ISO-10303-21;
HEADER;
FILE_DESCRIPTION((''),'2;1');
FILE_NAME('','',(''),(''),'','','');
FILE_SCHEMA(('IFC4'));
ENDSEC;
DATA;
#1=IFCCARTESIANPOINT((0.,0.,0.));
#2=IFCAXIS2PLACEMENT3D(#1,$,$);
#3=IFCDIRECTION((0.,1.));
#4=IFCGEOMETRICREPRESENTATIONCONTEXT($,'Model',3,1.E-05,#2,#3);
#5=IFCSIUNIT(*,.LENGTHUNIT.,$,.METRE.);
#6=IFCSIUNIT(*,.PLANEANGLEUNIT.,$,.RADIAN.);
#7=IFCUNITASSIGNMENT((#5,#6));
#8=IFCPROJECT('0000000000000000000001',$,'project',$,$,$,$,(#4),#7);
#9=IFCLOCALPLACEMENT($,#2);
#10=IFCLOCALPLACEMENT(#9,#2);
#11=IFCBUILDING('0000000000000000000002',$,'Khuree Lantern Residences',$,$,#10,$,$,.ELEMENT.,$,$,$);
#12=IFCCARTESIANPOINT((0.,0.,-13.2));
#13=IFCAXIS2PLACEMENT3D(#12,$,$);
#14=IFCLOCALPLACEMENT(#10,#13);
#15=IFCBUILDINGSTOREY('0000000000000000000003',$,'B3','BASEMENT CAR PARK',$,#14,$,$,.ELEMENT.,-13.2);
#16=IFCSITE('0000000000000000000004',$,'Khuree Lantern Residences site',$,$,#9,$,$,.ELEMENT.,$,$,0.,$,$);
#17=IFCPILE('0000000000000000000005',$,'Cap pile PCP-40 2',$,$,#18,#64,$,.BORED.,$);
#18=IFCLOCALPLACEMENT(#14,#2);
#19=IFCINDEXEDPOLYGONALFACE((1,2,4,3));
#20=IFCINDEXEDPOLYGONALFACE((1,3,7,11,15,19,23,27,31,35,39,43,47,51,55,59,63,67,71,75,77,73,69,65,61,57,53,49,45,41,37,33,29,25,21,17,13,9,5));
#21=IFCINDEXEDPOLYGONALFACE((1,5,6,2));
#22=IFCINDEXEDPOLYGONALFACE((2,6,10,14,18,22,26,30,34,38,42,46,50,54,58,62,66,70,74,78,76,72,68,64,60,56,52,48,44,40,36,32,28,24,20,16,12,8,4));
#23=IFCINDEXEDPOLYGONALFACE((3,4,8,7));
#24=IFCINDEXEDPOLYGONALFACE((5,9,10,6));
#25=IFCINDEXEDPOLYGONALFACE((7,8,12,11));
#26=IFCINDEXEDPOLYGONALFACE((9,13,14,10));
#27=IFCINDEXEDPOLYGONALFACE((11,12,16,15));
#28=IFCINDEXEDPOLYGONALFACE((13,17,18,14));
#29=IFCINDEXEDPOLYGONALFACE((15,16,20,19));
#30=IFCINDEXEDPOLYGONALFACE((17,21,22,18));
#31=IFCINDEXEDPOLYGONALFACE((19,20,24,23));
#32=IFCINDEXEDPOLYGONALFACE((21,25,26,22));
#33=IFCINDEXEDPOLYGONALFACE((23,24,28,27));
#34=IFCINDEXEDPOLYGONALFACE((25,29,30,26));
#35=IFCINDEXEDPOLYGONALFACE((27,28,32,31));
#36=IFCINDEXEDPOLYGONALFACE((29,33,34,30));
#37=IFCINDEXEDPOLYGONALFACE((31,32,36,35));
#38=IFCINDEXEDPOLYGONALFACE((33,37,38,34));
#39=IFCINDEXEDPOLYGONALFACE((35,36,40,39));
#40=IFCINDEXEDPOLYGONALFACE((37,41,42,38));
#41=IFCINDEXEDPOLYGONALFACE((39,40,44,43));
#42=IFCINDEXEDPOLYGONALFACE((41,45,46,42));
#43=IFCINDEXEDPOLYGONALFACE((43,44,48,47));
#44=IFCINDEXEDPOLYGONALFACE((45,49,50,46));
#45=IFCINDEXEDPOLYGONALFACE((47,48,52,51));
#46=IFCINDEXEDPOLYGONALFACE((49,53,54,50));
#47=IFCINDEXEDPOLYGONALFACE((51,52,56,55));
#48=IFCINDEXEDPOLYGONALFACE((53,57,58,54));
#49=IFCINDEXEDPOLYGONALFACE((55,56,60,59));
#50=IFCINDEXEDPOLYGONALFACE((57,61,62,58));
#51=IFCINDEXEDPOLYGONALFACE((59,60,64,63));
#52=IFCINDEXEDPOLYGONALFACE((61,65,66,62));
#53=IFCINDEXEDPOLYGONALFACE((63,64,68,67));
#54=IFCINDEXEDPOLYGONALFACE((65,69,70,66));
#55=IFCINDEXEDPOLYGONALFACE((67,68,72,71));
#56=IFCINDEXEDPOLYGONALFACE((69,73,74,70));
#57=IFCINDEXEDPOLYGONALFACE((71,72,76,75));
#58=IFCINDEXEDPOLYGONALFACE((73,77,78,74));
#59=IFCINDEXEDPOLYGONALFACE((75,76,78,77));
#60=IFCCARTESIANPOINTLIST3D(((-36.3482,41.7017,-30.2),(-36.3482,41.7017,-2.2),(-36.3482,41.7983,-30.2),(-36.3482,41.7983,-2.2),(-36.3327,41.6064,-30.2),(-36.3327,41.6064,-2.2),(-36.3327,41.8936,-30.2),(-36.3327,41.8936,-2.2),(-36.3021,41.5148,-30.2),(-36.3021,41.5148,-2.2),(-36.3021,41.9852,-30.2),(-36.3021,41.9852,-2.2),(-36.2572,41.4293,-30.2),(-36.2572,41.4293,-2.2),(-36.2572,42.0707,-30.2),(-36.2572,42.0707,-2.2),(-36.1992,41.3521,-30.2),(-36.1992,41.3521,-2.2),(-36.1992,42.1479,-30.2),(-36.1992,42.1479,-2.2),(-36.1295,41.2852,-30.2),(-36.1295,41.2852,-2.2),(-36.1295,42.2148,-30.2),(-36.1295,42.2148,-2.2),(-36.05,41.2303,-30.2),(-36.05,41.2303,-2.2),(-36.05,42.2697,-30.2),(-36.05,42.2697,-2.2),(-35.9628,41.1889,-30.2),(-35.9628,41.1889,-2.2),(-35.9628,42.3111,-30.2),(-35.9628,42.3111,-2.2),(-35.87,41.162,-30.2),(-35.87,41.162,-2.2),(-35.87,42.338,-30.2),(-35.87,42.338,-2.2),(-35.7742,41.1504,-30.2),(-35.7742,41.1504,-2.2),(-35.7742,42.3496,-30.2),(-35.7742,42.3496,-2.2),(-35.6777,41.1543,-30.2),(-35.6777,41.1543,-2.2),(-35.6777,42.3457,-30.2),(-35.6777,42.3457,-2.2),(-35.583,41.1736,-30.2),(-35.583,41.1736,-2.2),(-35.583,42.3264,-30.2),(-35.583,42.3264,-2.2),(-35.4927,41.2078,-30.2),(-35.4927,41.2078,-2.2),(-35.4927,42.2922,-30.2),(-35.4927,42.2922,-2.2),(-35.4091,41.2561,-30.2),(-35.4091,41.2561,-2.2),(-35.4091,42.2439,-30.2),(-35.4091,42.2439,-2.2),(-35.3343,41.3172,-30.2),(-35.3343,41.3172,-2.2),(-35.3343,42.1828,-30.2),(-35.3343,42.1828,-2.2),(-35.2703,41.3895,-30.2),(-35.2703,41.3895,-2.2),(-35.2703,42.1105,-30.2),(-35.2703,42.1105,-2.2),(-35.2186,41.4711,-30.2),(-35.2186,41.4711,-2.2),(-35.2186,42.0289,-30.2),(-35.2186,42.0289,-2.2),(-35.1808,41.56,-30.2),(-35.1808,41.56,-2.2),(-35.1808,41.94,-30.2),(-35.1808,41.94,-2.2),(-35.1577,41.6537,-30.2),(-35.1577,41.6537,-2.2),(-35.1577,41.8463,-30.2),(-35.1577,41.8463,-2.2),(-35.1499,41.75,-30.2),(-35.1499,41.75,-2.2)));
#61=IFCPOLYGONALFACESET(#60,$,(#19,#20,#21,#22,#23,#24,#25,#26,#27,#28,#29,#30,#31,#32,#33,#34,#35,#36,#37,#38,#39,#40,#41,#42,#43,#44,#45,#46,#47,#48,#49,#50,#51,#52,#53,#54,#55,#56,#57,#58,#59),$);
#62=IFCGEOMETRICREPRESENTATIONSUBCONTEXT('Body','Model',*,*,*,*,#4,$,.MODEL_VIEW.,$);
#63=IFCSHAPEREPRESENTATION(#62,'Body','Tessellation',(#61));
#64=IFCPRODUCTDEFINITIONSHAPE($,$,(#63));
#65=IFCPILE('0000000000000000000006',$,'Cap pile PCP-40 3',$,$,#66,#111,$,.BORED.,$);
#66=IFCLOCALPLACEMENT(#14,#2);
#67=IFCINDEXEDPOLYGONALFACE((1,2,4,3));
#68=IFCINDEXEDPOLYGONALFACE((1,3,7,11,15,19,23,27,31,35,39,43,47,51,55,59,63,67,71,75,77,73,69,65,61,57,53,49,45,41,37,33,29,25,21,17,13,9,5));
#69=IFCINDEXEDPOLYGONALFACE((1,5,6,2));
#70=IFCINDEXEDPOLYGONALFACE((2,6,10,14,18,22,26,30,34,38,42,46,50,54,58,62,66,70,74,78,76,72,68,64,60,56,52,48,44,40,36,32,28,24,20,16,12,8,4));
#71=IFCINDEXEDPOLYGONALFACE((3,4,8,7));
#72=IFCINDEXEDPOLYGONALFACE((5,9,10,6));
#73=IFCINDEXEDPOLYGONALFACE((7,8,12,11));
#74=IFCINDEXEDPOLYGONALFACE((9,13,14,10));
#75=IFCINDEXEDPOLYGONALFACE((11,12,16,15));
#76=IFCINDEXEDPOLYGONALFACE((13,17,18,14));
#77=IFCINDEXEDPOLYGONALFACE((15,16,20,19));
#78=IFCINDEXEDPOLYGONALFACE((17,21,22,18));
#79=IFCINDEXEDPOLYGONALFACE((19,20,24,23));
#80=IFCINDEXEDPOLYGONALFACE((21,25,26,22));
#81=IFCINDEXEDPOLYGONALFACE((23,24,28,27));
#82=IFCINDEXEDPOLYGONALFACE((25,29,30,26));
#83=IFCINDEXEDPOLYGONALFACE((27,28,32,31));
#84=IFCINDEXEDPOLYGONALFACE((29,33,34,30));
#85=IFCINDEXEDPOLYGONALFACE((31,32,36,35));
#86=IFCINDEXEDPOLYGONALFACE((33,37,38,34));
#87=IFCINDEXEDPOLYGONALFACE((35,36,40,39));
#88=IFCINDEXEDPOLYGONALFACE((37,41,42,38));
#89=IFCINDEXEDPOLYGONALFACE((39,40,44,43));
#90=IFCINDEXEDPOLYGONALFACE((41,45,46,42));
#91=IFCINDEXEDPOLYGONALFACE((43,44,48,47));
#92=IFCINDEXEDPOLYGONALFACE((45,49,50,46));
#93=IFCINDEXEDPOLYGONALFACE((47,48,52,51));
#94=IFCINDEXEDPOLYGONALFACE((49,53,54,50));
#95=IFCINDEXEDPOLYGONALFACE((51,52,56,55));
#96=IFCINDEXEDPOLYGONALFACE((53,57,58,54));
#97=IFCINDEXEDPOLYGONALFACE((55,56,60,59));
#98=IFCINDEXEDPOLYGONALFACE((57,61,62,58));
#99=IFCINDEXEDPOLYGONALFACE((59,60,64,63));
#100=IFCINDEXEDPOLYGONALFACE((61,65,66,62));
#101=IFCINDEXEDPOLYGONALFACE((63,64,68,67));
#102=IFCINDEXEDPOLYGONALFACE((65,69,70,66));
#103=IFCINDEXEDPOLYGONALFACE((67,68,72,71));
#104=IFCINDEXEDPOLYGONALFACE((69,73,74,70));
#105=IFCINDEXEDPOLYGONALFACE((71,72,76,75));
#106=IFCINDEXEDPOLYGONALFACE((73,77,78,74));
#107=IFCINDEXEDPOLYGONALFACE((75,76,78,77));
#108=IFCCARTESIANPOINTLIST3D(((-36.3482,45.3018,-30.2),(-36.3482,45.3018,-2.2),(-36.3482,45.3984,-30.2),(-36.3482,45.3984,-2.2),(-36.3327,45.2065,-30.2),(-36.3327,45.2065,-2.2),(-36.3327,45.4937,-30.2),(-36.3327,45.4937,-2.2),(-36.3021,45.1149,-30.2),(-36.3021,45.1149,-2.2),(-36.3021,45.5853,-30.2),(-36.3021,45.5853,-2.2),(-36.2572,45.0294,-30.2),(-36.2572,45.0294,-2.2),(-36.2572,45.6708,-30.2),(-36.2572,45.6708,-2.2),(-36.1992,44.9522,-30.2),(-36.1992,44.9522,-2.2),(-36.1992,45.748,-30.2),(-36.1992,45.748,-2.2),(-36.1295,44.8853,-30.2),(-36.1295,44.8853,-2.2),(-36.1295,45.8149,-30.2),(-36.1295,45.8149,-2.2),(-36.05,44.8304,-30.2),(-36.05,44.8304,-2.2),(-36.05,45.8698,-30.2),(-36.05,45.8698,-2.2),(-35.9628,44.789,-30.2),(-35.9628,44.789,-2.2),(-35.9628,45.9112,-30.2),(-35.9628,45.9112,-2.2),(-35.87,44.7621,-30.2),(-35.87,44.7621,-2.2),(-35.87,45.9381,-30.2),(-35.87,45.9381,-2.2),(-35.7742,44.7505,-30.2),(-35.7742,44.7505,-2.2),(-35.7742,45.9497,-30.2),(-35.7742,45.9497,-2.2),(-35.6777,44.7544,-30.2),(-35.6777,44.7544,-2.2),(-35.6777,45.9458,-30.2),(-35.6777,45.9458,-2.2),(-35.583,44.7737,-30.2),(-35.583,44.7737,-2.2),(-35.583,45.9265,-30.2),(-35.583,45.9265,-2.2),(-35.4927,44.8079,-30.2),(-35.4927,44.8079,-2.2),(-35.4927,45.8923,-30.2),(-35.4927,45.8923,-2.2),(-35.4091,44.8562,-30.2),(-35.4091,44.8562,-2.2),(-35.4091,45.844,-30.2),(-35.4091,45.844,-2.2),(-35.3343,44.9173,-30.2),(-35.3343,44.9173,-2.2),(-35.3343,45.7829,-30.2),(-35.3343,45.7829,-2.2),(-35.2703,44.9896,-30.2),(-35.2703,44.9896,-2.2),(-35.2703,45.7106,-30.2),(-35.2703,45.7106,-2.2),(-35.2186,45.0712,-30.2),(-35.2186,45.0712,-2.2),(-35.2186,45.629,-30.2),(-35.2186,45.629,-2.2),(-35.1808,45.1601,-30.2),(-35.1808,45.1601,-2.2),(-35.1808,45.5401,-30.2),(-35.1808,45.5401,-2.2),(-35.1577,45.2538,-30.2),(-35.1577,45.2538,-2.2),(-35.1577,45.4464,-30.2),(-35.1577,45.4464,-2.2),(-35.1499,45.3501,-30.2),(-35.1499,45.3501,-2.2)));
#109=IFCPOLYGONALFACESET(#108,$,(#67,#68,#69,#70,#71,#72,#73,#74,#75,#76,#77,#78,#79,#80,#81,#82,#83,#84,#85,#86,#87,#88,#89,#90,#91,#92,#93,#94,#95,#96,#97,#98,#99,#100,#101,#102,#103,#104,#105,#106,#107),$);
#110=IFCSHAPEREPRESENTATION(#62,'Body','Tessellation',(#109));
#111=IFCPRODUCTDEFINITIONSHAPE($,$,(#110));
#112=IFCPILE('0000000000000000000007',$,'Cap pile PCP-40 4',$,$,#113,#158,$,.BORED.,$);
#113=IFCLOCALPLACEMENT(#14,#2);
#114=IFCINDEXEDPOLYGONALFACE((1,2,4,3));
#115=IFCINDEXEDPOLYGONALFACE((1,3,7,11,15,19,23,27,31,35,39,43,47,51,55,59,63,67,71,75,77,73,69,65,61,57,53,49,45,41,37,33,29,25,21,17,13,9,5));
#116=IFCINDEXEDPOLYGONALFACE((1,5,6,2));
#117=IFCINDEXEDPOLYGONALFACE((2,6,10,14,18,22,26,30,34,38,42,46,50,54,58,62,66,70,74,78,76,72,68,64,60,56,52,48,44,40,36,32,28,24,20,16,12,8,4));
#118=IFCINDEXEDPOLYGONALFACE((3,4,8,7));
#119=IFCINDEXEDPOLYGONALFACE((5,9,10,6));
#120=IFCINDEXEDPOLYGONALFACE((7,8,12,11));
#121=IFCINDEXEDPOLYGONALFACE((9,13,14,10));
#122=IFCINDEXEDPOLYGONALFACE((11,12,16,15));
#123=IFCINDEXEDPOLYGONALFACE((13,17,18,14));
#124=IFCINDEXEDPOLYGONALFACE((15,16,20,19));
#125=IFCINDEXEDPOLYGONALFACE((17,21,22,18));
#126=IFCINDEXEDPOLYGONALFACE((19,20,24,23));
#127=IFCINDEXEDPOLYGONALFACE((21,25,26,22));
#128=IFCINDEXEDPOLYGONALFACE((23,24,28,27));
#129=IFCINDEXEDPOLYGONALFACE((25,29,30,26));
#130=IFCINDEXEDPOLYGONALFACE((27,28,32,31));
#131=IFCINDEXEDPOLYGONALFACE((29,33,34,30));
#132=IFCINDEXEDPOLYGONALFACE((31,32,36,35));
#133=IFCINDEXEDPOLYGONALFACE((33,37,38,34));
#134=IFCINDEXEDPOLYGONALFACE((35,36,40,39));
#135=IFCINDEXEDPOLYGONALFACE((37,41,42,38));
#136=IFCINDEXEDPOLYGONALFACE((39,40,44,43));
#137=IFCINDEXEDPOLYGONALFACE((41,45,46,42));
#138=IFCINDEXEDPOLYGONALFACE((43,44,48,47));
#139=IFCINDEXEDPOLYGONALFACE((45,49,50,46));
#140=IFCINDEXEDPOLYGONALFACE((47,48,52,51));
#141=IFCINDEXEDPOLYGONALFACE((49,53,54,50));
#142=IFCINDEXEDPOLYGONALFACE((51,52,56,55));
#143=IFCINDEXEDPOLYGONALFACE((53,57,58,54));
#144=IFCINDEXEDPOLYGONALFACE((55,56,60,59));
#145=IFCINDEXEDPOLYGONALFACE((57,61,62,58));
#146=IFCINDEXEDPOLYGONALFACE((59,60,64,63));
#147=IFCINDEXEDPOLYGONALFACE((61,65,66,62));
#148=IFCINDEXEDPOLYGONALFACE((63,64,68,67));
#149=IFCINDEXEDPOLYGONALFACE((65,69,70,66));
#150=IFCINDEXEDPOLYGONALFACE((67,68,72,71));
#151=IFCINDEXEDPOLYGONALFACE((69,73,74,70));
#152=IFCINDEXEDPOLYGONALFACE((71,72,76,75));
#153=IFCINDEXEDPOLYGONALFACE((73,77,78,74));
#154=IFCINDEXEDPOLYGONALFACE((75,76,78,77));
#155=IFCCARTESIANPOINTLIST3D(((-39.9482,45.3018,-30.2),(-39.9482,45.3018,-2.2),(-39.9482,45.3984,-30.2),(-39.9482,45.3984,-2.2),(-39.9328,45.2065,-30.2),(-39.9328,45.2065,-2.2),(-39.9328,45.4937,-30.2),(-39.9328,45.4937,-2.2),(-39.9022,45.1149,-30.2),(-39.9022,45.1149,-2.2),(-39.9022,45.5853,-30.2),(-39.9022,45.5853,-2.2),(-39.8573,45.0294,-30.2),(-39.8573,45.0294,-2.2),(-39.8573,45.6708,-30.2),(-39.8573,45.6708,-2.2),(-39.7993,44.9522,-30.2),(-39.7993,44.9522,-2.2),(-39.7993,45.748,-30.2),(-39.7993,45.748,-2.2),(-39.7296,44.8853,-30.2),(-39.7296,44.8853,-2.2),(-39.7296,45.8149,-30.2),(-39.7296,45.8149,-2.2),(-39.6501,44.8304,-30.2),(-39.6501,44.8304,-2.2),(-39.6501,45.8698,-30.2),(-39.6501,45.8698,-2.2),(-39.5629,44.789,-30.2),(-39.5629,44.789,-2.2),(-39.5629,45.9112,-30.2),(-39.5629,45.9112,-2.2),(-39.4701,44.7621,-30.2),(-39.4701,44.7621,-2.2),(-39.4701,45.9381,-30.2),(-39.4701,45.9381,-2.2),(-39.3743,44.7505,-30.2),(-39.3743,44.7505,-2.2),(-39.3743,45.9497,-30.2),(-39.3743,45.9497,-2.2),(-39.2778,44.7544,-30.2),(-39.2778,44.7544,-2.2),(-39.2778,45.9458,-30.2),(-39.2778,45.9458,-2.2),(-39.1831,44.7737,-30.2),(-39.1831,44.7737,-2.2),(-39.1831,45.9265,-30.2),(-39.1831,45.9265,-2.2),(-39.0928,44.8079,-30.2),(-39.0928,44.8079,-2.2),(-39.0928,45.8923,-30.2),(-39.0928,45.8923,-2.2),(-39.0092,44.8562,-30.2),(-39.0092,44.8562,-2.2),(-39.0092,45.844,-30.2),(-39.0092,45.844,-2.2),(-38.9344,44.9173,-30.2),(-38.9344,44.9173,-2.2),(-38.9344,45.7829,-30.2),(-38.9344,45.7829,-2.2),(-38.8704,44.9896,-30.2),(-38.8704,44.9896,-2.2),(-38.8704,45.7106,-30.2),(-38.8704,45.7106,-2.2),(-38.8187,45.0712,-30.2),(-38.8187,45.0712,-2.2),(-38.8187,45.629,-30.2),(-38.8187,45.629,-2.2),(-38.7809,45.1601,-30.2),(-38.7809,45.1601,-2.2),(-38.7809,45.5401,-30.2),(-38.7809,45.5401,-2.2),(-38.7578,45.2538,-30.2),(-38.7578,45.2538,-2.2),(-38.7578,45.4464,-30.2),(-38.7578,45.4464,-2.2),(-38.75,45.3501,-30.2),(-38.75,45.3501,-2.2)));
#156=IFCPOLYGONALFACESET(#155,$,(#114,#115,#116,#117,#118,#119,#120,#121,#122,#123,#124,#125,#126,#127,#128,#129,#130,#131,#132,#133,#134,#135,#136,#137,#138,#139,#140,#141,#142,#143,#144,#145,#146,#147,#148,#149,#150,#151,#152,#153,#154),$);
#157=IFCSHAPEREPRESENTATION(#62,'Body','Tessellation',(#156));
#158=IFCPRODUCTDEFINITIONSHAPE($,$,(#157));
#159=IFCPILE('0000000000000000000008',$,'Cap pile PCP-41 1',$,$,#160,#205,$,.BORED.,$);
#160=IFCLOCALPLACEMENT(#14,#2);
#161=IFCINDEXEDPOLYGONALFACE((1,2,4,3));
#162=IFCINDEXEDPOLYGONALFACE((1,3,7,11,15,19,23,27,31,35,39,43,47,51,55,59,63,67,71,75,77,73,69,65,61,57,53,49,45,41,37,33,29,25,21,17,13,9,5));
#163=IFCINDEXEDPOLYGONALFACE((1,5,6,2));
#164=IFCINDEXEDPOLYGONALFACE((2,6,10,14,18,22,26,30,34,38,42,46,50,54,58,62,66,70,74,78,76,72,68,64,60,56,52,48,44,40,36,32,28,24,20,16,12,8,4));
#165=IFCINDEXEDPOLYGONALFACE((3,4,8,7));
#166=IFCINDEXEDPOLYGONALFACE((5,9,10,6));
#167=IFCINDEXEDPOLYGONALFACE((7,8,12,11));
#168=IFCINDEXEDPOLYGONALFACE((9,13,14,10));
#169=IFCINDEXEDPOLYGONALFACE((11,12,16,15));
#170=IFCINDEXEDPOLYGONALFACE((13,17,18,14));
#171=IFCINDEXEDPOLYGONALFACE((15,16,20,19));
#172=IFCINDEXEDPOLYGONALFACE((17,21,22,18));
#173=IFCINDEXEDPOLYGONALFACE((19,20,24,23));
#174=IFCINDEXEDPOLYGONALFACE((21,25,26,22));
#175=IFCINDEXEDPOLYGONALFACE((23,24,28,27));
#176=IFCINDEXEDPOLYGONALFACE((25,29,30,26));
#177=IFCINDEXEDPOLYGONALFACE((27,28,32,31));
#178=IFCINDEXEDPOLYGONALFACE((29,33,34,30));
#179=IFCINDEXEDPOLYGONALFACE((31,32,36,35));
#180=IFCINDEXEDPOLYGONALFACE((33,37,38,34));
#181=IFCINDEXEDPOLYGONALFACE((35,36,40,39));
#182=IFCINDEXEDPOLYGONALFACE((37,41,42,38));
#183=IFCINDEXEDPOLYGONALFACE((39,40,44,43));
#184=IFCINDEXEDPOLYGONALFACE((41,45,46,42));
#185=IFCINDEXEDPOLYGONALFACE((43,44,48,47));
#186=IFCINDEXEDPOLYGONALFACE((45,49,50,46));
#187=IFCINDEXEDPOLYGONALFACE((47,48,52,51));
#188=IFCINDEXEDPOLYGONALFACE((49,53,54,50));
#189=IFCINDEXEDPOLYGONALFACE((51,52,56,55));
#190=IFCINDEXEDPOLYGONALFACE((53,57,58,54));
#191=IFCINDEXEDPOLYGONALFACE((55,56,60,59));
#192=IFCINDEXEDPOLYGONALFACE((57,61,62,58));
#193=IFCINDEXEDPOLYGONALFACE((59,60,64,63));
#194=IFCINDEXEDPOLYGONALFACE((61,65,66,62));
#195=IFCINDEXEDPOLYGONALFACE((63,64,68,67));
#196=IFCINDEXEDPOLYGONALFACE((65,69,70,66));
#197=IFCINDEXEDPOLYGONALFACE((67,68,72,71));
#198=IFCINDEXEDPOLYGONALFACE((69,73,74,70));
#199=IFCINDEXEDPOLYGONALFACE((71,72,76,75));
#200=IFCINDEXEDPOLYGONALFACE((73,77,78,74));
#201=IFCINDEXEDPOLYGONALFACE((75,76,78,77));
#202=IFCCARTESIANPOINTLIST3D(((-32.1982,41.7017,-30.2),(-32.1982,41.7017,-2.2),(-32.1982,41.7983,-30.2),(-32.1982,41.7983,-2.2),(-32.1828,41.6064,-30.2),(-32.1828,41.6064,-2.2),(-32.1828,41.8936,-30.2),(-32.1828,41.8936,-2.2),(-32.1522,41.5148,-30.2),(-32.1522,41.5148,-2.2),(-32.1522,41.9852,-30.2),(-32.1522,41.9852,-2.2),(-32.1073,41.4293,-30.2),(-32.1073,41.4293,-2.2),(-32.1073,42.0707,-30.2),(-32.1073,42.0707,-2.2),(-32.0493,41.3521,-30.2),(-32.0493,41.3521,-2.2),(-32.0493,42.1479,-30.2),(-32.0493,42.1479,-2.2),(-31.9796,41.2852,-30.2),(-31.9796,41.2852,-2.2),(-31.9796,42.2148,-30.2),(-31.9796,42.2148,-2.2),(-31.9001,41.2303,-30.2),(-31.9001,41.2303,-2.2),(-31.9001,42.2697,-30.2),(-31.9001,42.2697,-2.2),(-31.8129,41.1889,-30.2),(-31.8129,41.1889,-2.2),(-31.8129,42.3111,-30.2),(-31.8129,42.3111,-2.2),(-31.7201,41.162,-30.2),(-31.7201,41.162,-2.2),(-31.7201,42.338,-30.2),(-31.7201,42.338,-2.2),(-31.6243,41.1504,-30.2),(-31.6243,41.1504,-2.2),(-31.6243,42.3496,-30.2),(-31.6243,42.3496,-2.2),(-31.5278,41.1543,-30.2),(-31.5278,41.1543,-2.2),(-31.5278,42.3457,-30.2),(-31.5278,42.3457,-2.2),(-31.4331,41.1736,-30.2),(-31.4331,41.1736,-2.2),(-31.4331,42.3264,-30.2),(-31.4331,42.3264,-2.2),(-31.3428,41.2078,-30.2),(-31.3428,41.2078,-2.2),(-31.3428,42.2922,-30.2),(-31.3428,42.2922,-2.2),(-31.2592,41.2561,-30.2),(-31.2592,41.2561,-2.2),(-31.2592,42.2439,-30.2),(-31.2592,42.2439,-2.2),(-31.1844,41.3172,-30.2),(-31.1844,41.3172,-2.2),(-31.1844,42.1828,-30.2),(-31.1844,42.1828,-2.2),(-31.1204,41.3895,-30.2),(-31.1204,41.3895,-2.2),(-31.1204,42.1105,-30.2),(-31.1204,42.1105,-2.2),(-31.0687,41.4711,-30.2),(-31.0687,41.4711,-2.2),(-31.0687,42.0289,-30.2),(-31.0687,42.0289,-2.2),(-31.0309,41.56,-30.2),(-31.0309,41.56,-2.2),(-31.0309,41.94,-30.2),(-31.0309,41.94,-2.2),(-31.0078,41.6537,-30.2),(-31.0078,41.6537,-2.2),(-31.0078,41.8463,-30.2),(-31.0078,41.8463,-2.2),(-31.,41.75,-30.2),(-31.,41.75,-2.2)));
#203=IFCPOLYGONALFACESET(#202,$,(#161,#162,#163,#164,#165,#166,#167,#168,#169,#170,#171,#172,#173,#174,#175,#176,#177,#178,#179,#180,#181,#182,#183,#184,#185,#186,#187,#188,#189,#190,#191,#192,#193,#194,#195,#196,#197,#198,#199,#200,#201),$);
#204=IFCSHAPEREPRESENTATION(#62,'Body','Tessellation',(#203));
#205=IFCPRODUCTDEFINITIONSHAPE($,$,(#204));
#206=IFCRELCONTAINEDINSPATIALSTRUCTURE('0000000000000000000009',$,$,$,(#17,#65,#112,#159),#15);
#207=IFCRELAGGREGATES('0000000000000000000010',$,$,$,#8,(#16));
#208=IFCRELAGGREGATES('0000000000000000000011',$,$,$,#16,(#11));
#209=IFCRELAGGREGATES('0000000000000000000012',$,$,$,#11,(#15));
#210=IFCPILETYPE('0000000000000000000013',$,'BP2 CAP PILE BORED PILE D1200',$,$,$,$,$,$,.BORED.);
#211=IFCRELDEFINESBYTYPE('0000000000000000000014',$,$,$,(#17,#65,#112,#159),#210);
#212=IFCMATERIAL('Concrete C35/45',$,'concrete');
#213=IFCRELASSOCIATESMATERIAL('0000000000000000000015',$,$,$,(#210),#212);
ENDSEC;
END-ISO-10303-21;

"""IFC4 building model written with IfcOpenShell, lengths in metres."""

from ifc_helpers import new_model, si_unit, direction, frame, origin, origin_2d, place, context, subcontext, project, spatial, circle, extrude, material, material_profile, profile_set, type_object, element, save


model = new_model("IFC4")

# Units and contexts
model_context = context("Model", 3, precision=1e-05, world=origin(), true_north=direction((0.0, 1.0)))
body_context = subcontext(model_context, "Body", "Model", "MODEL_VIEW")
ifc_project = project(units=[si_unit("LENGTHUNIT", "METRE"), si_unit("PLANEANGLEUNIT", "RADIAN")], contexts=[model_context])

# Site, building, storey
site_placement = place(None, origin())
site = spatial("IfcSite", under=ifc_project, at=site_placement, Name="Khuree Lantern Residences site", CompositionType="ELEMENT", RefElevation=0.0)
building_placement = place(site_placement, origin())
building = spatial("IfcBuilding", under=site, at=building_placement, Name="Khuree Lantern Residences", CompositionType="ELEMENT")
storey_placement = place(building_placement, frame((0.0, 0.0, -13.2)))
storey = spatial("IfcBuildingStorey", under=building, at=storey_placement, Name="B3", Description="BASEMENT CAR PARK", CompositionType="ELEMENT", Elevation=-13.2)

# Piles
ifc_material_1 = material(Name="Concrete C35/45", Category="concrete")
ifc_material_profile_1 = material_profile(ifc_material_1, circle(Radius=0.6001, at=origin_2d()), Name="BORED PILE D1200")
ifc_profile_set_1 = profile_set([ifc_material_profile_1], Name="Concrete C35/45")
pile_type_1 = type_object("IfcPileType", Name="BP2 CAP PILE BORED PILE D1200", PredefinedType="BORED", material=ifc_profile_set_1)
for number, where, z_axis, x_axis, name in (
    (1, (-35.75, 41.75, -2.2), (0.0, 0.0, -1.0), (1.0, 0.0, 0.0), "Cap pile PCP-40 2"),
    (2, (-35.75, 45.3501, -2.2), (0.0, 0.0, -1.0), (1.0, 0.0, 0.0), "Cap pile PCP-40 3"),
    (3, (-39.3501, 45.3501, -2.2), (0.0, 0.0, -1.0), (1.0, 0.0, 0.0), "Cap pile PCP-40 4"),
    (4, (-31.6001, 41.75, -2.2), (0.0, 0.0, -1.0), (1.0, 0.0, 0.0), "Cap pile PCP-41 1"),
):
    element("IfcPile", number, at=place(storey_placement, frame(where, z_axis=z_axis, x_axis=x_axis)), inside=storey, type_object=pile_type_1, Name=name, PredefinedType="BORED", context=body_context, shape_type="SweptSolid", body=[
        extrude(circle(Radius=0.6001, at=origin_2d()), origin(), (0.0, 0.0, 1.0), 28.0),
    ])

save(model, "model.ifc")
